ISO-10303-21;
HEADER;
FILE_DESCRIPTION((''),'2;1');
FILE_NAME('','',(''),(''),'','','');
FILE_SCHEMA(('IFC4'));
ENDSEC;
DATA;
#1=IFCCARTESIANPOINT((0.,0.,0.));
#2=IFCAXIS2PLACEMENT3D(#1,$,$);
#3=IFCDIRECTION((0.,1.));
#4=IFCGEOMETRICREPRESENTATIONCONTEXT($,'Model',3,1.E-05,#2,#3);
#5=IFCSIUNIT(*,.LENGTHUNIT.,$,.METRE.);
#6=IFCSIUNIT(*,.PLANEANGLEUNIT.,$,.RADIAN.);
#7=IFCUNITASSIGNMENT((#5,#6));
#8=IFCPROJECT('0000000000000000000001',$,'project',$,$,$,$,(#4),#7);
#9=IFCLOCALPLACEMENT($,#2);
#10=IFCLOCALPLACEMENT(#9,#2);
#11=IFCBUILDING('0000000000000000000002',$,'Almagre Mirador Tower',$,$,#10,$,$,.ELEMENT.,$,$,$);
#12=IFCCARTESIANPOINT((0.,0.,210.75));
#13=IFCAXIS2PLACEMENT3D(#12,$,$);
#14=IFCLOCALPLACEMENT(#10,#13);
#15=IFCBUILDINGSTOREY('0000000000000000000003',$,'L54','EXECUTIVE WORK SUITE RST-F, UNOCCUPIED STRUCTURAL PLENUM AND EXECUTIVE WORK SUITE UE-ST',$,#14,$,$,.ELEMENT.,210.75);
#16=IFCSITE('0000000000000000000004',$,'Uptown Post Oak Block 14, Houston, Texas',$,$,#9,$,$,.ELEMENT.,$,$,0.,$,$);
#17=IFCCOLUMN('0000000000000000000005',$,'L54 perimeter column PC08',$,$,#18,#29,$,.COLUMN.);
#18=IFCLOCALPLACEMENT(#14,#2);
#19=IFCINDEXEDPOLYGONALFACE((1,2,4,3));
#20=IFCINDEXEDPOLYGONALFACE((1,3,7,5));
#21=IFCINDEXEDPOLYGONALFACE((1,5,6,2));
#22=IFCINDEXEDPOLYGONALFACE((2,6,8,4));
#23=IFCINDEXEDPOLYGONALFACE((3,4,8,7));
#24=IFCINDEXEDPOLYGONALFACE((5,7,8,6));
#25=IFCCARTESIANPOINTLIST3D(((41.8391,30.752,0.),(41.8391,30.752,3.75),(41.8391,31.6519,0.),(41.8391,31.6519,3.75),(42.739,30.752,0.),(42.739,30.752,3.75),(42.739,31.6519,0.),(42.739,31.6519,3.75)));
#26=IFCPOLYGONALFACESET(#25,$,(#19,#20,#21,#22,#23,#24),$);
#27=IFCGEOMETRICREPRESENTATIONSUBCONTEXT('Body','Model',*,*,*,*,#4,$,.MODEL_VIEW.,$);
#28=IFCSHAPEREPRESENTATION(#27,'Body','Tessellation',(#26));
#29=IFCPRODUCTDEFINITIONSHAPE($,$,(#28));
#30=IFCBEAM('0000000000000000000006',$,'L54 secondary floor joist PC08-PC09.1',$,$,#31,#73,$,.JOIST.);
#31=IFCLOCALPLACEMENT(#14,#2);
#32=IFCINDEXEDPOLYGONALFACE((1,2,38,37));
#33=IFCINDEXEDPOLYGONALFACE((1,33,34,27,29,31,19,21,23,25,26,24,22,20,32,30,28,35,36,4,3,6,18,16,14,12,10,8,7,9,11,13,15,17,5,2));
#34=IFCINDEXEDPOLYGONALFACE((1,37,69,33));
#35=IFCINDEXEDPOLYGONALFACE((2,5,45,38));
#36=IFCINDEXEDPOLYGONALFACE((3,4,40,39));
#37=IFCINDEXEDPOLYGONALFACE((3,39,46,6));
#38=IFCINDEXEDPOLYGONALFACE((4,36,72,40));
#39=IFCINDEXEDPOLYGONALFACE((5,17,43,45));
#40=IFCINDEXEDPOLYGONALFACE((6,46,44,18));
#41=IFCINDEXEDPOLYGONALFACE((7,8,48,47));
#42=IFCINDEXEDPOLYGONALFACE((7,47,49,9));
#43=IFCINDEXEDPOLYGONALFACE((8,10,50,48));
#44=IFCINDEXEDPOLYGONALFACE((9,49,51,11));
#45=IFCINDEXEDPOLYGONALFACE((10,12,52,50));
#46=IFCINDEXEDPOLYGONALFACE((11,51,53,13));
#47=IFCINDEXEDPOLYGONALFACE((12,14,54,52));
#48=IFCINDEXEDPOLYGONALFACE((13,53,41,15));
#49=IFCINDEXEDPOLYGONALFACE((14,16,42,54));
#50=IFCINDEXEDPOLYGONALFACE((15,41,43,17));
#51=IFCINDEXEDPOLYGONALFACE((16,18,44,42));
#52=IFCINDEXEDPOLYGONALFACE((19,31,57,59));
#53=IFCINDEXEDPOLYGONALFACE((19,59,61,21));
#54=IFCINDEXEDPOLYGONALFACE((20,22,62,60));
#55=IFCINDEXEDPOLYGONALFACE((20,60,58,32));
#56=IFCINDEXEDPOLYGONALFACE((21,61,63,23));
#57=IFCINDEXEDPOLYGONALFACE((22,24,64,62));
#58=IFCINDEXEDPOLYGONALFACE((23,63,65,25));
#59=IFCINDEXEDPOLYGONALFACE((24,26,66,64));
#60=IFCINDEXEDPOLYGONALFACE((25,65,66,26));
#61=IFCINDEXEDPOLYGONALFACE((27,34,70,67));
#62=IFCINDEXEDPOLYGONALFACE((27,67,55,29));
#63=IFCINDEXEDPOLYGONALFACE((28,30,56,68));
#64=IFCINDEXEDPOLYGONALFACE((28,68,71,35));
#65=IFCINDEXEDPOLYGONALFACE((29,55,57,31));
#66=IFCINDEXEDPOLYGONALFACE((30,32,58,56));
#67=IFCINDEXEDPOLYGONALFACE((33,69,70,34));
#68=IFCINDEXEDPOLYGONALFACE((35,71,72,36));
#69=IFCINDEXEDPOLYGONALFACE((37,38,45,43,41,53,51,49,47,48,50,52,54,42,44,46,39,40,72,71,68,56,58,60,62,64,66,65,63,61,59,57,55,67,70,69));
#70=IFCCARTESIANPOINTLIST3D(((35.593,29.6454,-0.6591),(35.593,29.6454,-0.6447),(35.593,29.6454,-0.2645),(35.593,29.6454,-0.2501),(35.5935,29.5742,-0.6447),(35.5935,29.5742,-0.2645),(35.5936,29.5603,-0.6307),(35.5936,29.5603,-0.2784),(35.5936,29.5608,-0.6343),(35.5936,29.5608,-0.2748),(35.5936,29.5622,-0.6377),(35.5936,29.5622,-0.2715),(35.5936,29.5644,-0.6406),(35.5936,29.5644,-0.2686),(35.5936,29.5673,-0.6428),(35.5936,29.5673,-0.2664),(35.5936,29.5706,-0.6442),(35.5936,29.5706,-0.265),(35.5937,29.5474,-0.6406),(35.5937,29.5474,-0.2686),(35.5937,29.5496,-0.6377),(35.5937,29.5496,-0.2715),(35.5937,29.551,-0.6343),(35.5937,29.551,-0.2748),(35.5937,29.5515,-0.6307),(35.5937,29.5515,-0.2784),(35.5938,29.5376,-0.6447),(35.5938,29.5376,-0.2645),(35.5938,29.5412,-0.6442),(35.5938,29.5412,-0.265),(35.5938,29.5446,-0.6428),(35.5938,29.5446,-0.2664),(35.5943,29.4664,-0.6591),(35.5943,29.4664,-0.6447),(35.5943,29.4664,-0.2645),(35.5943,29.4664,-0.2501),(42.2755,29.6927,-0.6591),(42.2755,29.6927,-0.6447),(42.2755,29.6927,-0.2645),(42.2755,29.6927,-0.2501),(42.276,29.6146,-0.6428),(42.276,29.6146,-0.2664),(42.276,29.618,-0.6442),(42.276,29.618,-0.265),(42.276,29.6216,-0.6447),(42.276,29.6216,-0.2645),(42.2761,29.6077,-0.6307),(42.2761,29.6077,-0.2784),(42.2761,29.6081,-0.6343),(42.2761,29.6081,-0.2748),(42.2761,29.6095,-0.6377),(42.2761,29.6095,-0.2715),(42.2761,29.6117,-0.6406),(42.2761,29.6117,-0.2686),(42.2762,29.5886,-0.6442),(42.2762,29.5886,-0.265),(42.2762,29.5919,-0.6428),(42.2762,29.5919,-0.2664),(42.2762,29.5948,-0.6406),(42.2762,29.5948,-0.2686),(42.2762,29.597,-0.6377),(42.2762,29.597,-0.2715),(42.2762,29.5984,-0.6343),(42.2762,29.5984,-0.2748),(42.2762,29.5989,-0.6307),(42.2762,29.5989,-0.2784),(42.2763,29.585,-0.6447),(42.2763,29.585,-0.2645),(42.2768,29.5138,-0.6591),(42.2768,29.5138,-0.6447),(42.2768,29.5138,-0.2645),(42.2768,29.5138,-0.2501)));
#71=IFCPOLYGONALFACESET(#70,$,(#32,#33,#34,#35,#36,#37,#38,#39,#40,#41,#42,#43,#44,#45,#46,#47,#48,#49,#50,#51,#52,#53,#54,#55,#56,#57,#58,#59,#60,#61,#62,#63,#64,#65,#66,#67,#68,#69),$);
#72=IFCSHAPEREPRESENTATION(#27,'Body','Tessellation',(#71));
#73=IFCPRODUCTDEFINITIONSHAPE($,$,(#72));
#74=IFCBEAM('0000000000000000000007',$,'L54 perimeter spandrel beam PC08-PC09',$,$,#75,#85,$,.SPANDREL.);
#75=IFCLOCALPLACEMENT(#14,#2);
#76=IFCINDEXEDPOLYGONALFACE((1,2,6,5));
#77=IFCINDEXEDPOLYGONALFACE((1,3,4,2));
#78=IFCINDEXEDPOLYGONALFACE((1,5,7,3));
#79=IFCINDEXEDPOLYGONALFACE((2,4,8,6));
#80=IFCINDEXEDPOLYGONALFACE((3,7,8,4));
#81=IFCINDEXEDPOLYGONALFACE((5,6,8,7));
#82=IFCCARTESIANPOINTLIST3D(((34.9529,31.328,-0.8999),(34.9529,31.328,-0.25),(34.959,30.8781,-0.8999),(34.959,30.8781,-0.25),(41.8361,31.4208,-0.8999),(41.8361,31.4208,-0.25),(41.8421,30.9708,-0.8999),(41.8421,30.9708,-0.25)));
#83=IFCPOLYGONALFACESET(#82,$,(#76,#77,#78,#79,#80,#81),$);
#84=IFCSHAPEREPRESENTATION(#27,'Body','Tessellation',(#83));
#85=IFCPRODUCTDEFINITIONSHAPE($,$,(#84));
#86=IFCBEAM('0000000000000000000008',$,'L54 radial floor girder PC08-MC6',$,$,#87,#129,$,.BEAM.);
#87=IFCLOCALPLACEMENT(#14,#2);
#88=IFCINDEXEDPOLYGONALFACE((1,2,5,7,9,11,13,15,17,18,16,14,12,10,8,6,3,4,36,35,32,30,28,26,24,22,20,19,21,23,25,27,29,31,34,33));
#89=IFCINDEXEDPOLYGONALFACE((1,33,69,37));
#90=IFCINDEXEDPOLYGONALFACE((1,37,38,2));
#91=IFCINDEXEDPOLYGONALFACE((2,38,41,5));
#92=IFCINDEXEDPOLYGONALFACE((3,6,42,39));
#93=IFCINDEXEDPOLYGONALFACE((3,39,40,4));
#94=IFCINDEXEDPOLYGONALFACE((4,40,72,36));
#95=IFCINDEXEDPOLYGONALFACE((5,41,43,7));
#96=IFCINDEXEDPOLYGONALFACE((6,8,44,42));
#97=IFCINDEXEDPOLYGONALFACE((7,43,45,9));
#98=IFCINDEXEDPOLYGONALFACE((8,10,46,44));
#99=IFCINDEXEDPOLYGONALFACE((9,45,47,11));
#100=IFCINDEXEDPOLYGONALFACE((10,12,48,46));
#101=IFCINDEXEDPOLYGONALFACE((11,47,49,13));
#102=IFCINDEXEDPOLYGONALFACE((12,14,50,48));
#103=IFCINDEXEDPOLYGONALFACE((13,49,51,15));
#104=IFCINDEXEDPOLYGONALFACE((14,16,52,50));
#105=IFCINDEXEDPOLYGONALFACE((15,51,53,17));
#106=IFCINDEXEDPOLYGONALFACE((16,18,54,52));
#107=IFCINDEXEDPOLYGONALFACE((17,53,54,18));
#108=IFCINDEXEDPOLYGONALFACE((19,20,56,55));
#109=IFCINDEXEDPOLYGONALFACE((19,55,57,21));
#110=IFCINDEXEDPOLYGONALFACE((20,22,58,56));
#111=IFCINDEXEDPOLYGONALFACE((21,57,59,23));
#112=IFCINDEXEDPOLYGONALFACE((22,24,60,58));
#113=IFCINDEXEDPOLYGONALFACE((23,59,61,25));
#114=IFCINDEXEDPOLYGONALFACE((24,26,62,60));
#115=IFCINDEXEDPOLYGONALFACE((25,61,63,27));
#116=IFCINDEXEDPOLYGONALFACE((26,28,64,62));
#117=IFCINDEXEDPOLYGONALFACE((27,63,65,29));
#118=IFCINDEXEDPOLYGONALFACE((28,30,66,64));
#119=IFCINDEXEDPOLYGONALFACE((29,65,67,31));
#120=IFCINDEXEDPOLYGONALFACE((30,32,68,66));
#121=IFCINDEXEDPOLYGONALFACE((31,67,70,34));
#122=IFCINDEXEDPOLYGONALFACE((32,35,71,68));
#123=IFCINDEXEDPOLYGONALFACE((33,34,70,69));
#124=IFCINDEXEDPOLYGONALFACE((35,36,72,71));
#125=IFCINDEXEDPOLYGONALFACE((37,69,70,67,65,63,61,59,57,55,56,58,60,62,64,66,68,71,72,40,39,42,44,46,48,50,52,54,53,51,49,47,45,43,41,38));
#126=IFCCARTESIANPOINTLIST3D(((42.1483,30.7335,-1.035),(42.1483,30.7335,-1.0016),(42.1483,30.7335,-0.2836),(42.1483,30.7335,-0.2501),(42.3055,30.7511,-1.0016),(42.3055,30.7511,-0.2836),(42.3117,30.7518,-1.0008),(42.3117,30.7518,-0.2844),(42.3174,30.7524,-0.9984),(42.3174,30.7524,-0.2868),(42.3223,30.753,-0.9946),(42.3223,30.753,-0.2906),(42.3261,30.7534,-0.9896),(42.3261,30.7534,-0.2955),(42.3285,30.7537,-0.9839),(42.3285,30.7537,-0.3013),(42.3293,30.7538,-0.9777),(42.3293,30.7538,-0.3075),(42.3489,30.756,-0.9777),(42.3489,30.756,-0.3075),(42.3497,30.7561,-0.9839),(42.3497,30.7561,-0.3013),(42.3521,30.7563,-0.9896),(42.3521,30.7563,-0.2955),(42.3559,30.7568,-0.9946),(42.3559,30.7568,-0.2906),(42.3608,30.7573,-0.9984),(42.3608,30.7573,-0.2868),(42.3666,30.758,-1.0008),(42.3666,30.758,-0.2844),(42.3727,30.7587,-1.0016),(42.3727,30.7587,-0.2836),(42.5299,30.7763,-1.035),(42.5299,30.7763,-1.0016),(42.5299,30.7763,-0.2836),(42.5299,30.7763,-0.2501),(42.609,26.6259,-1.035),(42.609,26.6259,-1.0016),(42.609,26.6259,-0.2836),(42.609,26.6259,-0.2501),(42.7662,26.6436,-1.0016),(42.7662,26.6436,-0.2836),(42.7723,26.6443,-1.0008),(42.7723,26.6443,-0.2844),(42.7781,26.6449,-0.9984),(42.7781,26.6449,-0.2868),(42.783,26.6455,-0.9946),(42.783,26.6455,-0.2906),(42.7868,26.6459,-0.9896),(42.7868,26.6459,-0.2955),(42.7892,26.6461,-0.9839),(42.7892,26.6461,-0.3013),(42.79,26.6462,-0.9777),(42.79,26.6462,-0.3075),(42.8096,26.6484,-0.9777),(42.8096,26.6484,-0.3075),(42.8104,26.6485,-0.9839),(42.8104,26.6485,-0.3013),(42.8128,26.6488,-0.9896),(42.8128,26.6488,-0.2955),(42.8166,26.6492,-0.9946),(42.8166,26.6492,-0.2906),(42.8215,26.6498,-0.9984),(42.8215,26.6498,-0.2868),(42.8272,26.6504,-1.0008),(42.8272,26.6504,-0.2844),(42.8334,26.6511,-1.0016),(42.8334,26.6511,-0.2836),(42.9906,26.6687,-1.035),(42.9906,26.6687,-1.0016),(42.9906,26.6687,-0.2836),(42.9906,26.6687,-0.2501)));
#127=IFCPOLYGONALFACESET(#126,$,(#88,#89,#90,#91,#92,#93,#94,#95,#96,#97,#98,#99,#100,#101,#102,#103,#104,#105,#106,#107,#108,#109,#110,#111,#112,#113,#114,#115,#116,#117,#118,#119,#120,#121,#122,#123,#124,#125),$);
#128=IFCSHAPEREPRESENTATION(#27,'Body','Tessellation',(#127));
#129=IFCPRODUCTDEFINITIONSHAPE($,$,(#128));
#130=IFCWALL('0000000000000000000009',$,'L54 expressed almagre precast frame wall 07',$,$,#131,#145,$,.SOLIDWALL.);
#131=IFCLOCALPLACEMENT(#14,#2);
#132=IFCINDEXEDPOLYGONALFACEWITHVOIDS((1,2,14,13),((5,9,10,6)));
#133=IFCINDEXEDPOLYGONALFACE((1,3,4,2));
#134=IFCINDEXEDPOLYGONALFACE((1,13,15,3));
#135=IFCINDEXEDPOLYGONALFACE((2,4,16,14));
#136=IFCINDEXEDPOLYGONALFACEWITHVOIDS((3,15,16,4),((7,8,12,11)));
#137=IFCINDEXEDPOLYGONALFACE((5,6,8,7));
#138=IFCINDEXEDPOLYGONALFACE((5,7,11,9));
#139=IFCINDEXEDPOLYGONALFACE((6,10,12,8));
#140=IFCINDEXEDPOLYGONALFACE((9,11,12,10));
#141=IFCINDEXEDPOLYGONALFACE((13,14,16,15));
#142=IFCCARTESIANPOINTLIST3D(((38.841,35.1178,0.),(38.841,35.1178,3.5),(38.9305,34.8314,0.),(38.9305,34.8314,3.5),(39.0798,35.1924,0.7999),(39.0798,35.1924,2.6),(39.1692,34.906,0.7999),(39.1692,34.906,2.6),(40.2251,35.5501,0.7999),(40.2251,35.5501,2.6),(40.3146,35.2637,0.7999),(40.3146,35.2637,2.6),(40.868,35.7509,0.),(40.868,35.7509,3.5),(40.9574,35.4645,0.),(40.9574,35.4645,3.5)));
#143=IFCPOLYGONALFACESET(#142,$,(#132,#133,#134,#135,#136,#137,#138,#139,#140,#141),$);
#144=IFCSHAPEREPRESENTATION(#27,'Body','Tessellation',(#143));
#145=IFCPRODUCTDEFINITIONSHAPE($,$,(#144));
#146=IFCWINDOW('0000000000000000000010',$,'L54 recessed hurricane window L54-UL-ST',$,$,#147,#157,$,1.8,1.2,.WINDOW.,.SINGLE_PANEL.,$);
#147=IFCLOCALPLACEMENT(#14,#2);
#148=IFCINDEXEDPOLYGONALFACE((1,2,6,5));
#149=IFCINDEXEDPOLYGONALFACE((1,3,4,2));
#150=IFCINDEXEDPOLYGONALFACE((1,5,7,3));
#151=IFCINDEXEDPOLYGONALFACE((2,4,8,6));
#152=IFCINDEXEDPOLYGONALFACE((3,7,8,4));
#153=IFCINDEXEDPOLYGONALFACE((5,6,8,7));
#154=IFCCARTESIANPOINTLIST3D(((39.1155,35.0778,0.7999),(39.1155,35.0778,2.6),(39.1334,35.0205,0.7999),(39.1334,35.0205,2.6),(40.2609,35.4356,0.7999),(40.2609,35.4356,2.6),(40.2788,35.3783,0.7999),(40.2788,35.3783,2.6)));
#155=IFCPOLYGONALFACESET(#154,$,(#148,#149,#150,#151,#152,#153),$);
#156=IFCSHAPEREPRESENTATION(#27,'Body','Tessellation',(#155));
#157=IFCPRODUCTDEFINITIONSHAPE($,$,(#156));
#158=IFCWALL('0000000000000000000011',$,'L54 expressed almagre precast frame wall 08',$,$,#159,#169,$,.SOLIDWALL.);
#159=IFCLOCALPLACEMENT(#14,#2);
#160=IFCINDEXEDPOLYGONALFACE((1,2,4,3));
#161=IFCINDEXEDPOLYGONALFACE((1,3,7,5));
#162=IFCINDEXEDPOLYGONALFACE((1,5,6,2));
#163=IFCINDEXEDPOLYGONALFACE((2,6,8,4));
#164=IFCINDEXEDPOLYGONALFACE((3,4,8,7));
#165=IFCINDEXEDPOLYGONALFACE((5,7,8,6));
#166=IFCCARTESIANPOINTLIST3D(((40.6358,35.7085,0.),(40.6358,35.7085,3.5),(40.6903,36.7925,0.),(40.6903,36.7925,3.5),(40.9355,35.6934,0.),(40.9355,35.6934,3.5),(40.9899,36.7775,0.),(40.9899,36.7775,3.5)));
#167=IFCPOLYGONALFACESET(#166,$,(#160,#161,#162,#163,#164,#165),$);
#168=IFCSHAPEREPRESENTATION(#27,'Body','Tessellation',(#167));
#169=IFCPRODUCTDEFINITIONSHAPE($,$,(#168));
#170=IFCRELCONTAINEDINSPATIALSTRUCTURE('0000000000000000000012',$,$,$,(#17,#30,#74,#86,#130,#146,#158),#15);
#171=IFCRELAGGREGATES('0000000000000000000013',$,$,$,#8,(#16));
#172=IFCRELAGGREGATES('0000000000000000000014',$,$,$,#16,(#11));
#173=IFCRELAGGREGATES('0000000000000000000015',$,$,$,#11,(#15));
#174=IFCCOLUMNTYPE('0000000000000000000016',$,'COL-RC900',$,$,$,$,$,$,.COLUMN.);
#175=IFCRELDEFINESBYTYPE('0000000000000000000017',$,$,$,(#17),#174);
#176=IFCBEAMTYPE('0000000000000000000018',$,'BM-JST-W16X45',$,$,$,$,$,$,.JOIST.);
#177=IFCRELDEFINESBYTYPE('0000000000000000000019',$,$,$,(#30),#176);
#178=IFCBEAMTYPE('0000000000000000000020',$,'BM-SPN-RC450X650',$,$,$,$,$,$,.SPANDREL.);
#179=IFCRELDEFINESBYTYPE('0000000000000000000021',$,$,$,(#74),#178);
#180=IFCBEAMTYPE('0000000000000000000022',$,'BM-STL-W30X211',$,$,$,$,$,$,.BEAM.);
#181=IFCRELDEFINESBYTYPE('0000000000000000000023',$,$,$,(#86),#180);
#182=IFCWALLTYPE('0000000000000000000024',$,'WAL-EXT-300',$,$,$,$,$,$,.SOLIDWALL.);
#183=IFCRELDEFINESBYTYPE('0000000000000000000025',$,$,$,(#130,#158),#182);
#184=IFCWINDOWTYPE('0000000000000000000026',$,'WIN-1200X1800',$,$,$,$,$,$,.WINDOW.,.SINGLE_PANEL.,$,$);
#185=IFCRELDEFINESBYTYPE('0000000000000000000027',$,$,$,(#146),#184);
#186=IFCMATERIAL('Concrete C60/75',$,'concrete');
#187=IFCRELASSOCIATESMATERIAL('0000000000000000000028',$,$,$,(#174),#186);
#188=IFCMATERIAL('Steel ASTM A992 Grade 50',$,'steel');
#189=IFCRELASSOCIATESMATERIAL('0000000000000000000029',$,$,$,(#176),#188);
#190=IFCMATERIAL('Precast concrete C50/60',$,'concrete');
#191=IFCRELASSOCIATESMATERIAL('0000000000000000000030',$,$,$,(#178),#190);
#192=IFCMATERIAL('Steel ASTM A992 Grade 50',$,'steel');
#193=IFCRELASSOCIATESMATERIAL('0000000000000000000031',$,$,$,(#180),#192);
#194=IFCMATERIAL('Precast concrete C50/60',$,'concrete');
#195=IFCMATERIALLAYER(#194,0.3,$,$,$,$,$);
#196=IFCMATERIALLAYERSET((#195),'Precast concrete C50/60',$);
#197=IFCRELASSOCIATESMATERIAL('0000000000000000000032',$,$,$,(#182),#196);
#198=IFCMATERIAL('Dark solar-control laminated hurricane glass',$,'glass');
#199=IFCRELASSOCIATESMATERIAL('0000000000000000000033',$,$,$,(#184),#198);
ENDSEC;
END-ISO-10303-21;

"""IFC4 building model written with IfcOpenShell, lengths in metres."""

from ifc_helpers import new_model, si_unit, direction, frame, frame_2d, origin, origin_2d, place, context, subcontext, project, spatial, rectangle, i_section, extrude, material, layer, layer_set, material_profile, profile_set, type_object, element, fill, save


model = new_model("IFC4")

# Units and contexts
model_context = context("Model", 3, precision=1e-05, world=origin(), true_north=direction((0.0, 1.0)))
body_context = subcontext(model_context, "Body", "Model", "MODEL_VIEW")
ifc_project = project(units=[si_unit("LENGTHUNIT", "METRE"), si_unit("PLANEANGLEUNIT", "RADIAN")], contexts=[model_context])

# Site, building, storey
site_placement = place(None, origin())
site = spatial("IfcSite", under=ifc_project, at=site_placement, Name="Uptown Post Oak Block 14, Houston, Texas", CompositionType="ELEMENT", RefElevation=0.0)
building_placement = place(site_placement, origin())
building = spatial("IfcBuilding", under=site, at=building_placement, Name="Almagre Mirador Tower", CompositionType="ELEMENT")
storey_placement = place(building_placement, frame((0.0, 0.0, 210.75)))
storey = spatial("IfcBuildingStorey", under=building, at=storey_placement, Name="L54", Description="EXECUTIVE WORK SUITE RST-F, UNOCCUPIED STRUCTURAL PLENUM AND EXECUTIVE WORK SUITE UE-ST", CompositionType="ELEMENT", Elevation=210.75)

# Column
ifc_material_1 = material(Name="Concrete C60/75", Category="concrete")
ifc_material_profile_1 = material_profile(ifc_material_1, rectangle(XDim=0.8999, YDim=0.8999, at=origin_2d()), Name="RC900X900")
ifc_profile_set_1 = profile_set([ifc_material_profile_1], Name="Concrete C60/75")
column_type = type_object("IfcColumnType", Name="COL-RC900", PredefinedType="COLUMN", material=ifc_profile_set_1)
column_placement = place(storey_placement, frame((42.2891, 31.2019, 0.0), z_axis=(0.0, 0.0, 1.0), x_axis=(1.0, 0.0, 0.0)))
element("IfcColumn", 1, at=column_placement, inside=storey, type_object=column_type, Name="L54 perimeter column PC08", PredefinedType="COLUMN", context=body_context, shape_type="SweptSolid", body=[
    extrude(rectangle(XDim=0.8999, YDim=0.8999, at=origin_2d()), origin(), (0.0, 0.0, 1.0), 3.75),
])

# Beams
ifc_material_2 = material(Name="Steel ASTM A992 Grade 50", Category="steel")
ifc_material_profile_2 = material_profile(ifc_material_2, i_section(OverallWidth=0.179, OverallDepth=0.4089, WebThickness=0.0088, FlangeThickness=0.0144, FilletRadius=0.0139, at=origin_2d()), Name="W16X45")
ifc_profile_set_2 = profile_set([ifc_material_profile_2], Name="Steel ASTM A992 Grade 50")
beam_type_1 = type_object("IfcBeamType", Name="BM-JST-W16X45", PredefinedType="JOIST", material=ifc_profile_set_2)
beam_1_placement = place(storey_placement, frame((42.2761, 29.6033, -0.4546), z_axis=(-0.999975, -0.007088, 0.0), x_axis=(0.007088, -0.999975, 0.0)))
element("IfcBeam", 2, at=beam_1_placement, inside=storey, type_object=beam_type_1, Name="L54 secondary floor joist PC08-PC09.1", PredefinedType="JOIST", context=body_context, shape_type="SweptSolid", body=[
    extrude(i_section(OverallWidth=0.179, OverallDepth=0.4089, WebThickness=0.0088, FlangeThickness=0.0144, FilletRadius=0.0139, at=origin_2d()), origin(), (0.0, 0.0, 1.0), 6.6826),
])
ifc_material_3 = material(Name="Precast concrete C50/60", Category="concrete")
ifc_material_profile_3 = material_profile(ifc_material_3, rectangle(XDim=0.45, YDim=0.6499, at=origin_2d()), Name="RC450X650")
ifc_profile_set_3 = profile_set([ifc_material_profile_3], Name="Precast concrete C50/60")
beam_type_2 = type_object("IfcBeamType", Name="BM-SPN-RC450X650", PredefinedType="SPANDREL", material=ifc_profile_set_3)
beam_2_placement = place(storey_placement, frame((41.8391, 31.1958, -0.575), z_axis=(-0.999909, -0.013477, 0.0), x_axis=(0.013477, -0.999909, 0.0)))
element("IfcBeam", 3, at=beam_2_placement, inside=storey, type_object=beam_type_2, Name="L54 perimeter spandrel beam PC08-PC09", PredefinedType="SPANDREL", context=body_context, shape_type="SweptSolid", body=[
    extrude(rectangle(XDim=0.45, YDim=0.6499, at=origin_2d()), origin(), (0.0, 0.0, 1.0), 6.8838),
])
ifc_material_4 = material(Name="Steel ASTM A992 Grade 50", Category="steel")
ifc_material_profile_4 = material_profile(ifc_material_4, i_section(OverallWidth=0.384, OverallDepth=0.7849, WebThickness=0.0198, FlangeThickness=0.0334, FilletRadius=0.0239, at=origin_2d()), Name="W30X211")
ifc_profile_set_4 = profile_set([ifc_material_profile_4], Name="Steel ASTM A992 Grade 50")
beam_type_3 = type_object("IfcBeamType", Name="BM-STL-W30X211", PredefinedType="BEAM", material=ifc_profile_set_4)
beam_3_placement = place(storey_placement, frame((42.3391, 30.7549, -0.6426), z_axis=(0.111456, -0.993769, 0.0), x_axis=(0.993769, 0.111456, 0.0)))
element("IfcBeam", 4, at=beam_3_placement, inside=storey, type_object=beam_type_3, Name="L54 radial floor girder PC08-MC6", PredefinedType="BEAM", context=body_context, shape_type="SweptSolid", body=[
    extrude(i_section(OverallWidth=0.384, OverallDepth=0.7849, WebThickness=0.0198, FlangeThickness=0.0334, FilletRadius=0.0239, at=origin_2d()), origin(), (0.0, 0.0, 1.0), 4.1333),
])

# Wall, opening, window
ifc_material_5 = material(Name="Precast concrete C50/60", Category="concrete")
ifc_layer_1 = layer(ifc_material_5, 0.3)
ifc_layer_set_1 = layer_set([ifc_layer_1], Name="Precast concrete C50/60")
wall_type_1 = type_object("IfcWallType", Name="WAL-EXT-300", PredefinedType="SOLIDWALL", material=ifc_layer_set_1)
wall_1_placement = place(storey_placement, frame((38.8857, 34.9746, 0.0), z_axis=(0.0, 0.0, 1.0), x_axis=(0.954525, 0.298131, 0.0)))
wall_1 = element("IfcWall", 5, at=wall_1_placement, inside=storey, type_object=wall_type_1, Name="L54 expressed almagre precast frame wall 07", PredefinedType="SOLIDWALL", context=body_context, shape_type="SweptSolid", body=[
    extrude(rectangle(XDim=2.1235, YDim=0.3, at=frame_2d((1.0618, 0.0))), origin(), (0.0, 0.0, 1.0), 3.5),
])
opening_1_placement = place(wall_1_placement, frame((0.25, 0.0, 0.8)))
opening_1 = element("IfcOpeningElement", 6, at=opening_1_placement, cuts=wall_1, PredefinedType="OPENING", context=body_context, shape_type="SweptSolid", body=[
    extrude(rectangle(XDim=1.2, YDim=1.8, at=frame_2d((0.6001, 0.8999))), frame((0.0, 0.1599, 0.0), z_axis=(0.0, -1.0, 0.0), x_axis=(1.0, 0.0, 0.0)), (0.0, 0.0, 1.0), 0.32),
])
ifc_material_6 = material(Name="Dark solar-control laminated hurricane glass", Category="glass")
window_type_1 = type_object("IfcWindowType", Name="WIN-1200X1800", PartitioningType="SINGLE_PANEL", PredefinedType="WINDOW", material=ifc_material_6)
window_1_placement = place(opening_1_placement, origin())
window_1 = element("IfcWindow", 7, at=window_1_placement, inside=storey, type_object=window_type_1, Name="L54 recessed hurricane window L54-UL-ST", OverallHeight=1.8, OverallWidth=1.2, PartitioningType="SINGLE_PANEL", PredefinedType="WINDOW", context=body_context, shape_type="SweptSolid", body=[
    extrude(rectangle(XDim=1.2, YDim=1.8, at=frame_2d((0.6001, 0.8999))), frame((0.0, 0.03, 0.0), z_axis=(0.0, -1.0, 0.0), x_axis=(1.0, 0.0, 0.0)), (0.0, 0.0, 1.0), 0.0601),
])
fill(opening_1, window_1)

# Wall
wall_2_placement = place(storey_placement, frame((40.7856, 35.7009, 0.0), z_axis=(0.0, 0.0, 1.0), x_axis=(0.050162, 0.998741, 0.0)))
element("IfcWall", 8, at=wall_2_placement, inside=storey, type_object=wall_type_1, Name="L54 expressed almagre precast frame wall 08", PredefinedType="SOLIDWALL", context=body_context, shape_type="SweptSolid", body=[
    extrude(rectangle(XDim=1.0854, YDim=0.3, at=frame_2d((0.5427, 0.0))), origin(), (0.0, 0.0, 1.0), 3.5),
])

save(model, "model.ifc")
